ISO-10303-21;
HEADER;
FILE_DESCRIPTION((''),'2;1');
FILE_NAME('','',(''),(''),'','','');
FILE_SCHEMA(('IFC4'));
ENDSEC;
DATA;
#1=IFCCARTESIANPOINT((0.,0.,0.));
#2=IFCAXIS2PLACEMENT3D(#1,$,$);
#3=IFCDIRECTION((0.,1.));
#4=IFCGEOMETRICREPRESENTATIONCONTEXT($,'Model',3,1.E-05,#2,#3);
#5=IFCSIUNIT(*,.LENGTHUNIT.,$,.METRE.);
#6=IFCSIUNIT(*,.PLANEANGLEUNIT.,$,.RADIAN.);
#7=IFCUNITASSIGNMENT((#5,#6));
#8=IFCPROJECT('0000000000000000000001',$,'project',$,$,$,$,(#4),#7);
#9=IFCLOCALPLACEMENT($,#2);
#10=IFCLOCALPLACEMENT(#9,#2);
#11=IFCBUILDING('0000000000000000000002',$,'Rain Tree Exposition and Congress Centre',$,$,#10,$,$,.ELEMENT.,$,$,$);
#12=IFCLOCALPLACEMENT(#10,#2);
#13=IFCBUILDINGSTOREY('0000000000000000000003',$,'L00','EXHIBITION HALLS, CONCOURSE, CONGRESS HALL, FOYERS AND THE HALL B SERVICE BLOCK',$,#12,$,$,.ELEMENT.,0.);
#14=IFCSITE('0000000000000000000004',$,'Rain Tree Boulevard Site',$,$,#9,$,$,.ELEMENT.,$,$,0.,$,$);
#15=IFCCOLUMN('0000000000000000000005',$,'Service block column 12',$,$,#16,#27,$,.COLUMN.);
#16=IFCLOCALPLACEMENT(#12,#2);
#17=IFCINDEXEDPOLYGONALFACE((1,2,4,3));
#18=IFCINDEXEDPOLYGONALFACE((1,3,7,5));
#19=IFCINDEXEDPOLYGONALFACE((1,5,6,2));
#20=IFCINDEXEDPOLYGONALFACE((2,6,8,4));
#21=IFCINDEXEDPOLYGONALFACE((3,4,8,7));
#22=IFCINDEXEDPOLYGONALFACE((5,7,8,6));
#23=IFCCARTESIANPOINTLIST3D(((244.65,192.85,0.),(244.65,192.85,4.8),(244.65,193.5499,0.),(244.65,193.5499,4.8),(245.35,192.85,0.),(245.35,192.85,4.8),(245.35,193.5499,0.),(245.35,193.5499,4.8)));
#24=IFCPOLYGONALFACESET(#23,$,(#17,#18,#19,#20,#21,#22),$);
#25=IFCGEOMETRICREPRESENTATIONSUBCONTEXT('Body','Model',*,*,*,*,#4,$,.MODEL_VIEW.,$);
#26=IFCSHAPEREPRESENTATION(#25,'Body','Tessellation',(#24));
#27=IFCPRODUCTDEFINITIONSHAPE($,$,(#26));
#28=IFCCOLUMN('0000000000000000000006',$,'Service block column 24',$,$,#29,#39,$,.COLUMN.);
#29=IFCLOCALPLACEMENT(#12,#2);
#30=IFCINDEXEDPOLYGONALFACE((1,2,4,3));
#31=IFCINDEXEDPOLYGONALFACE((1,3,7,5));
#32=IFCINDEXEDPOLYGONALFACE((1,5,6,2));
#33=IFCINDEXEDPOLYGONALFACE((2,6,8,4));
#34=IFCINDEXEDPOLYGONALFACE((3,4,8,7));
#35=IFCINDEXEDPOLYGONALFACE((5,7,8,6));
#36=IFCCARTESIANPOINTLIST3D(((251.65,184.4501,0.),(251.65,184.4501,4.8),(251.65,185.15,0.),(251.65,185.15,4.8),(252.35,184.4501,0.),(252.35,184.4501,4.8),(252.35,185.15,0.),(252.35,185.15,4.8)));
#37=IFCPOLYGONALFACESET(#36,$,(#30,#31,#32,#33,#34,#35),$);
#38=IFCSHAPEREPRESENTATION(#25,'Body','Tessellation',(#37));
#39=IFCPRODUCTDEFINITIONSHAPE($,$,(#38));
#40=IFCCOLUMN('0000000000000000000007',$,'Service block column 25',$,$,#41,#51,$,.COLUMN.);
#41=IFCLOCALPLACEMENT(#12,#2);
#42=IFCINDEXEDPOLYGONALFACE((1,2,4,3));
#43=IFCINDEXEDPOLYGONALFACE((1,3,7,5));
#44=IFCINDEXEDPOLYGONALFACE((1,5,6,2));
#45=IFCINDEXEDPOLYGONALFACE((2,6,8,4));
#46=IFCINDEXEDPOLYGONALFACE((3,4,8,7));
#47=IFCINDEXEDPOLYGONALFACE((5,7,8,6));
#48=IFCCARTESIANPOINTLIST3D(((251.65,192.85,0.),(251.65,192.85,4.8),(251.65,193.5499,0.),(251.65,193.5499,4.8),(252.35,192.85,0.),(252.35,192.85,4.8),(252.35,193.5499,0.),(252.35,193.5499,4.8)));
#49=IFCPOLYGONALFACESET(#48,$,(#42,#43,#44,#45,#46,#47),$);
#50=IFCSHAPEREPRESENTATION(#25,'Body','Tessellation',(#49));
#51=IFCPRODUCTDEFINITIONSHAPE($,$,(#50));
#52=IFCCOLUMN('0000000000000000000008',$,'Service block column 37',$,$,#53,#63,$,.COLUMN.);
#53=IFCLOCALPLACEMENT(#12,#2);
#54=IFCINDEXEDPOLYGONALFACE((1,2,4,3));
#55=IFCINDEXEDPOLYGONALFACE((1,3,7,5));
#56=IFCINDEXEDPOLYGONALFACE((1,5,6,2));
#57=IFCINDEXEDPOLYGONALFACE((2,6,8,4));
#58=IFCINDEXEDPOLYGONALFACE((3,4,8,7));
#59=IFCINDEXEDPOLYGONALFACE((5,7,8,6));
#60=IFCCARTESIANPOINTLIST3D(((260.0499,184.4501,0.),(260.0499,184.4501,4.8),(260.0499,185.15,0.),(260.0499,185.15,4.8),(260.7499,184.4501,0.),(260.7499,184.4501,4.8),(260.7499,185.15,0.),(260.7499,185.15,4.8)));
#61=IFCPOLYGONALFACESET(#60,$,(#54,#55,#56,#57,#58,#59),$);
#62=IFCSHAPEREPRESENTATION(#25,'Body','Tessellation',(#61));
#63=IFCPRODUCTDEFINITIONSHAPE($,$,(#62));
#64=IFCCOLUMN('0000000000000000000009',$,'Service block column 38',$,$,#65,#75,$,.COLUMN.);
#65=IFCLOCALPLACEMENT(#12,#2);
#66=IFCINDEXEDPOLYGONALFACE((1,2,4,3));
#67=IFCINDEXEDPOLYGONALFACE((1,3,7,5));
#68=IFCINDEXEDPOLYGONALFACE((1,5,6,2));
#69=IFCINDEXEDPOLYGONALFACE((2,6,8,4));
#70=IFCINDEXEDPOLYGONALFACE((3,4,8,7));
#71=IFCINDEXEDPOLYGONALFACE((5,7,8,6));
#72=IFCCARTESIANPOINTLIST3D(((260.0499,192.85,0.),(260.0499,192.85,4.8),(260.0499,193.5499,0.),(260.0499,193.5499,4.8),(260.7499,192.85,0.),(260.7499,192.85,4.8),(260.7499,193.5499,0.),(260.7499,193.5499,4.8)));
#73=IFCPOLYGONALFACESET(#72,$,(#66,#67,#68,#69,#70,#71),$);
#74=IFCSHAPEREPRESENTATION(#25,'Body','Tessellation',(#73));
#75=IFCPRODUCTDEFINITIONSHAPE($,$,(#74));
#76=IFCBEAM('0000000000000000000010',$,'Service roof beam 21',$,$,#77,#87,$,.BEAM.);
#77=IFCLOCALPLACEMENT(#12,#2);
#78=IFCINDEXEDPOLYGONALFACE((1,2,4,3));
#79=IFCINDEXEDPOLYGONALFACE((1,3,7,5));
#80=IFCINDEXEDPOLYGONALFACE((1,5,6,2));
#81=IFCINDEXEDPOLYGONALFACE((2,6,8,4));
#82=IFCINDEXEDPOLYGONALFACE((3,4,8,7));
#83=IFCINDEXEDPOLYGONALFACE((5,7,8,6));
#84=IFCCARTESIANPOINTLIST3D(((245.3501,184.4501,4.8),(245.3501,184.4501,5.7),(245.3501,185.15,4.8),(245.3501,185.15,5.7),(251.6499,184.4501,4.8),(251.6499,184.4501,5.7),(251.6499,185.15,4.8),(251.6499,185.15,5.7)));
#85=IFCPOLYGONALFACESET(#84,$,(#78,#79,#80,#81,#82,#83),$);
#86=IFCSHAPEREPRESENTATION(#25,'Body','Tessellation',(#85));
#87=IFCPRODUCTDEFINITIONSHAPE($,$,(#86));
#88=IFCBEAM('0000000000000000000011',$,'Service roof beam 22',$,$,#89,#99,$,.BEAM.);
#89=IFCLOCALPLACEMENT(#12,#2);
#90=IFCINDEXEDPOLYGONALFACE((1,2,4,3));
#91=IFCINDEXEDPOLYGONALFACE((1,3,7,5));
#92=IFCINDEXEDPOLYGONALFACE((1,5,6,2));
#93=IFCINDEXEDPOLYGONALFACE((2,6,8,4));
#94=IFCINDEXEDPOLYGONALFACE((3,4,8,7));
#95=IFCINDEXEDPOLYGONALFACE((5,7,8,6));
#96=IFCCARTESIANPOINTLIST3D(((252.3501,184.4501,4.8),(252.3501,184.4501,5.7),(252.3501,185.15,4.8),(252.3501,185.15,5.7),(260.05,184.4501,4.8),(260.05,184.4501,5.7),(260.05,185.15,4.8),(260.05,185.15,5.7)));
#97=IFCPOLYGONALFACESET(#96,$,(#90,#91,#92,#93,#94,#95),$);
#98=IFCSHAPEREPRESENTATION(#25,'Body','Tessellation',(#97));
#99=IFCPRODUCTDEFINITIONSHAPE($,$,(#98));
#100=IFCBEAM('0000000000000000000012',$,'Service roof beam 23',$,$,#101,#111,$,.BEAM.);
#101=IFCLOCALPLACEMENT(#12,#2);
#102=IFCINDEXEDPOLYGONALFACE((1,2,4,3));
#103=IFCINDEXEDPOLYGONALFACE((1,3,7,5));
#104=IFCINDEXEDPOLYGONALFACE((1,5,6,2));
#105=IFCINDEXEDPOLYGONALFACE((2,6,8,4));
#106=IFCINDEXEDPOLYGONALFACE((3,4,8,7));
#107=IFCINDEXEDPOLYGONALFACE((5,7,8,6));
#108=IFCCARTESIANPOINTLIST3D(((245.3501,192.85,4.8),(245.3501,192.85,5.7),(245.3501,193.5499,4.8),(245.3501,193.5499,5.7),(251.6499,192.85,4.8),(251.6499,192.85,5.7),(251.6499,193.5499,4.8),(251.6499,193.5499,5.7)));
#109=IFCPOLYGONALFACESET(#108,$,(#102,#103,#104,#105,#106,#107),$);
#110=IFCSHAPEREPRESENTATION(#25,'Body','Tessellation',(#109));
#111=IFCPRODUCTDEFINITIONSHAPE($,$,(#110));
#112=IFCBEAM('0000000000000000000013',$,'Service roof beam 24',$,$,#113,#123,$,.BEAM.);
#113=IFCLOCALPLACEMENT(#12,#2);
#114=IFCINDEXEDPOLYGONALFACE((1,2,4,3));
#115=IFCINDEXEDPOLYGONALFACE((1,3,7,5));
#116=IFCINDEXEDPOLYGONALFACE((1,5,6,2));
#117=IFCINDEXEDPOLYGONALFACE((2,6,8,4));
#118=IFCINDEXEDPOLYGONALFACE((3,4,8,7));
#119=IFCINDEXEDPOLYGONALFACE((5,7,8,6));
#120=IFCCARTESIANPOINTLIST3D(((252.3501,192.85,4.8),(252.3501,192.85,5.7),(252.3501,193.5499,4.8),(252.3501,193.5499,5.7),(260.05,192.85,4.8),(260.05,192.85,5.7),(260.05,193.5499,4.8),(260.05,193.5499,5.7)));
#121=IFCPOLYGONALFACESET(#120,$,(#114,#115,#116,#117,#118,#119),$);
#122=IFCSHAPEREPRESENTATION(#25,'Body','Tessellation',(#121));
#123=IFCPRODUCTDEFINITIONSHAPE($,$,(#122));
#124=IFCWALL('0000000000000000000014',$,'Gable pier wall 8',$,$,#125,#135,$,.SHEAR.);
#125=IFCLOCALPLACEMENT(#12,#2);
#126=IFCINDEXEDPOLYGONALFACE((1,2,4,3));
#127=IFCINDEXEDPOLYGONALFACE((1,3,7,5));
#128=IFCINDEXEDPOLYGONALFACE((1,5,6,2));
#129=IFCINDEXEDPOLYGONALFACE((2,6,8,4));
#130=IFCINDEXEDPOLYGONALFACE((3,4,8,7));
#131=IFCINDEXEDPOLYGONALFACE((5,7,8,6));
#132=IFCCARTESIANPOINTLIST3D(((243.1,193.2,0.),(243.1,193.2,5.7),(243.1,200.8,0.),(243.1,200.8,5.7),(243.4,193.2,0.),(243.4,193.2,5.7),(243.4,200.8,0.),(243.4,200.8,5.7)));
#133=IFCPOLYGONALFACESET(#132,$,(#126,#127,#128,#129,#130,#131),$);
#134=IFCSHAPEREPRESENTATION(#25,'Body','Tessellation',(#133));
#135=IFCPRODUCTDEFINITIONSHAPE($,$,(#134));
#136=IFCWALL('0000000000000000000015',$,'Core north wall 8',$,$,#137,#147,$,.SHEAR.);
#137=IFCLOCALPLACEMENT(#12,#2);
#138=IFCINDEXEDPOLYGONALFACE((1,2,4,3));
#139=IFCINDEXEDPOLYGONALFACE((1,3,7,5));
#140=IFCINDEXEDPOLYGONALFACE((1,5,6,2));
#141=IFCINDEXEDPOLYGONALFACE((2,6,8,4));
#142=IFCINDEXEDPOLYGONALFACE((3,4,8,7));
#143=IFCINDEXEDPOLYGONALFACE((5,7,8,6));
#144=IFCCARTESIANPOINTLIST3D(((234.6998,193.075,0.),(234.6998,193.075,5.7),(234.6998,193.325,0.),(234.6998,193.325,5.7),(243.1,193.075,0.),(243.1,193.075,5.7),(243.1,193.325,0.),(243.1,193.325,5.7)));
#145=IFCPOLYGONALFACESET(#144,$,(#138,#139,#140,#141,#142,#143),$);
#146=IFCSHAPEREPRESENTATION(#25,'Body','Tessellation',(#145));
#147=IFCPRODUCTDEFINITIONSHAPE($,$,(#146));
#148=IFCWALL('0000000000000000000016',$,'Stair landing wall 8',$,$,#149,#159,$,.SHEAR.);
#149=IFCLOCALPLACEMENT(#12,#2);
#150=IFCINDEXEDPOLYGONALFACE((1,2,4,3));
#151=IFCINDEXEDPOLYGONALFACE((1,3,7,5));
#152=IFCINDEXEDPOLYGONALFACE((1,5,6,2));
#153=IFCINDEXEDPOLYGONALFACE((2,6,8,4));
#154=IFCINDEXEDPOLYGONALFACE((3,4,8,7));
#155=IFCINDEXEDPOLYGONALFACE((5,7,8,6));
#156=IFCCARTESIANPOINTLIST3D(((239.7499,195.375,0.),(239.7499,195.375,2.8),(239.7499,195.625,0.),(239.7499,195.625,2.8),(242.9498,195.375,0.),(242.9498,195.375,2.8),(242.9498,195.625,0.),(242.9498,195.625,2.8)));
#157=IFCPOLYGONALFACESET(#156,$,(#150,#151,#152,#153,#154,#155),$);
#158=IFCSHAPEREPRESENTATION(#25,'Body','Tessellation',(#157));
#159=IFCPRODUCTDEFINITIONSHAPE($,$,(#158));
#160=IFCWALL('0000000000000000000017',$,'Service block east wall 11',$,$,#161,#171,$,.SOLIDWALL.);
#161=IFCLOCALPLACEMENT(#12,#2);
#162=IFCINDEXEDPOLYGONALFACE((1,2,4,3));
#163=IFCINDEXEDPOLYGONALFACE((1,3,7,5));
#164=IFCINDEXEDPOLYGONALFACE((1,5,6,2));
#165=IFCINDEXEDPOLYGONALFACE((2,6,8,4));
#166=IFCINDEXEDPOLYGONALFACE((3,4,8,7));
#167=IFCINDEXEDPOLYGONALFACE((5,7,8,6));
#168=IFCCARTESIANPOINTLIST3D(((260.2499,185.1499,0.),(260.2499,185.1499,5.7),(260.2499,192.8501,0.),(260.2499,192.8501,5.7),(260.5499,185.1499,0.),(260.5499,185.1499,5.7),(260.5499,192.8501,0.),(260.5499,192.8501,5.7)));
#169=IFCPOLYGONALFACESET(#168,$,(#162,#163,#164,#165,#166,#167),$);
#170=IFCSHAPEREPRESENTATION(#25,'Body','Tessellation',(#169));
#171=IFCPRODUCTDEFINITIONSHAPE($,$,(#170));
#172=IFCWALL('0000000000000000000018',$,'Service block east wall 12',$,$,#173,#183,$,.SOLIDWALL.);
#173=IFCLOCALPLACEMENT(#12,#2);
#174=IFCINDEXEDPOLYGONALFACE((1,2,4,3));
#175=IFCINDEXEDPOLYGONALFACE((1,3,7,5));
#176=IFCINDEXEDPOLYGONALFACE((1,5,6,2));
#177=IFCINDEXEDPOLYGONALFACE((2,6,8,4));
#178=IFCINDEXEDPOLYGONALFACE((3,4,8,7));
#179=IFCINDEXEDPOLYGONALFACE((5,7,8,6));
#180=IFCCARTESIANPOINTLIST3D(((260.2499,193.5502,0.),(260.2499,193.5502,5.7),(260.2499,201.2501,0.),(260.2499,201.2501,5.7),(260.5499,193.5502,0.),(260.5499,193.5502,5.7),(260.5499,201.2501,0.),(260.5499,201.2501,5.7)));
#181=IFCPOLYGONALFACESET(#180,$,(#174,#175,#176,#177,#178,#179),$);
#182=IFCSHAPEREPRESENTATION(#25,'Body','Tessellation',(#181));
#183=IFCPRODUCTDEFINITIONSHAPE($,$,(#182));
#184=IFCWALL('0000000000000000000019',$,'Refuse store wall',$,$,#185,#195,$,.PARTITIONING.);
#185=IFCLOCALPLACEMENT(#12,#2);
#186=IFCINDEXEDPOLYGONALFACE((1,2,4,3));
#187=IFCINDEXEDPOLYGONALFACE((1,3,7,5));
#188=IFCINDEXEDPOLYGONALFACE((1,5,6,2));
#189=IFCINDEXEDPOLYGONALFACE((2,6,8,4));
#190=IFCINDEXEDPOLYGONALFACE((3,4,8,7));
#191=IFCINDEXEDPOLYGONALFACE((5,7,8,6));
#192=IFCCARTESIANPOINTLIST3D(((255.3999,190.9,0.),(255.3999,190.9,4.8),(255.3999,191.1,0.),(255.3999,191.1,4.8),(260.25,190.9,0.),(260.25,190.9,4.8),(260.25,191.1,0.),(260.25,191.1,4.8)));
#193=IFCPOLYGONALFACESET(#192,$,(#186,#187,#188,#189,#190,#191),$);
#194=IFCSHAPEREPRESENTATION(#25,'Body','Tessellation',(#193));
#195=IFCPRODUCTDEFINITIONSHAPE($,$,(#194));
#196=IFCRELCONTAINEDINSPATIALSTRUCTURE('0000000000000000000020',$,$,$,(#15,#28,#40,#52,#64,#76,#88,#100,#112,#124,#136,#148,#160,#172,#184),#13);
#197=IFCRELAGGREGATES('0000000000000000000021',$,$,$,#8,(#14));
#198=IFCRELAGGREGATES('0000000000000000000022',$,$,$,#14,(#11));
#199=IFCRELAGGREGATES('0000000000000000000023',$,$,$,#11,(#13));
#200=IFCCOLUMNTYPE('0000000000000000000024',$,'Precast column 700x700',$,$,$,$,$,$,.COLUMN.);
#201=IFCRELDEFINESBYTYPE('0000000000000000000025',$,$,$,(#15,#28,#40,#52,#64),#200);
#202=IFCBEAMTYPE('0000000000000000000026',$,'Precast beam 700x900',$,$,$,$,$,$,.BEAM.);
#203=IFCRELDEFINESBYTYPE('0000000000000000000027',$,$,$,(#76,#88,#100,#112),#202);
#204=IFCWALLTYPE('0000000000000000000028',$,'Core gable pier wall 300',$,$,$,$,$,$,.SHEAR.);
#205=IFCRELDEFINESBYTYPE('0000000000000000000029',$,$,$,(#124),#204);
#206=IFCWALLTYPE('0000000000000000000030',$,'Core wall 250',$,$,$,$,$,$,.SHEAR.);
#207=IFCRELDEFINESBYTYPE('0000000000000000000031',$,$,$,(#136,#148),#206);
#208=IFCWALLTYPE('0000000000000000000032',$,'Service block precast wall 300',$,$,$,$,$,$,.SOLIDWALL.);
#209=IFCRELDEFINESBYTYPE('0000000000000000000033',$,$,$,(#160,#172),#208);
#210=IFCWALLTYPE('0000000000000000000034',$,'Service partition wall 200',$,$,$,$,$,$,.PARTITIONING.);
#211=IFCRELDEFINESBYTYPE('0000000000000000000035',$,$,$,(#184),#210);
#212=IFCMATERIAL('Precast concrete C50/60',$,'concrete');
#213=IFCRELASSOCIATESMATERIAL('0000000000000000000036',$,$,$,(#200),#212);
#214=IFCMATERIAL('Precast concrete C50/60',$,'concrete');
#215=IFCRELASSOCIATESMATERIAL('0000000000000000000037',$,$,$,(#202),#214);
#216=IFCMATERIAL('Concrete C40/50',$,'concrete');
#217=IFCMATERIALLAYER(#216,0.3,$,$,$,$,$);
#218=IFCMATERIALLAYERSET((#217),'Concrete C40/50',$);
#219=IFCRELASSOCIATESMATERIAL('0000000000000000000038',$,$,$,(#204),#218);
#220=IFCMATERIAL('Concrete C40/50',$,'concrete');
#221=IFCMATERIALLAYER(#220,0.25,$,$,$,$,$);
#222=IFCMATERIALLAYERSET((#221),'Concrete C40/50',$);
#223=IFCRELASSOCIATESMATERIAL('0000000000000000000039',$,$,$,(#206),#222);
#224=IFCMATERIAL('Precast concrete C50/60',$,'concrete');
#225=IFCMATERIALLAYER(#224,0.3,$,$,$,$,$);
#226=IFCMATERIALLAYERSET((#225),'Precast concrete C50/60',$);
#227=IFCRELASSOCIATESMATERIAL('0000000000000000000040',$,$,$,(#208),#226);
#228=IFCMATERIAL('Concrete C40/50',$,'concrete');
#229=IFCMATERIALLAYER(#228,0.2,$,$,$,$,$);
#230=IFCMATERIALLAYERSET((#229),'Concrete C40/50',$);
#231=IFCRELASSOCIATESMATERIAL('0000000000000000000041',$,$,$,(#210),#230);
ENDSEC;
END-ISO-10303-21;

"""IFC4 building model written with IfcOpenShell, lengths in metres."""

from ifc_helpers import new_model, si_unit, direction, frame, frame_2d, origin, origin_2d, place, context, subcontext, project, spatial, rectangle, extrude, material, layer, layer_set, material_profile, profile_set, type_object, element, save


model = new_model("IFC4")

# Units and contexts
model_context = context("Model", 3, precision=1e-05, world=origin(), true_north=direction((0.0, 1.0)))
body_context = subcontext(model_context, "Body", "Model", "MODEL_VIEW")
ifc_project = project(units=[si_unit("LENGTHUNIT", "METRE"), si_unit("PLANEANGLEUNIT", "RADIAN")], contexts=[model_context])

# Site, building, storey
site_placement = place(None, origin())
site = spatial("IfcSite", under=ifc_project, at=site_placement, Name="Rain Tree Boulevard Site", CompositionType="ELEMENT", RefElevation=0.0)
building_placement = place(site_placement, origin())
building = spatial("IfcBuilding", under=site, at=building_placement, Name="Rain Tree Exposition and Congress Centre", CompositionType="ELEMENT")
storey_placement = place(building_placement, origin())
storey = spatial("IfcBuildingStorey", under=building, at=storey_placement, Name="L00", Description="EXHIBITION HALLS, CONCOURSE, CONGRESS HALL, FOYERS AND THE HALL B SERVICE BLOCK", CompositionType="ELEMENT", Elevation=0.0)

# Columns
ifc_material_1 = material(Name="Precast concrete C50/60", Category="concrete")
ifc_material_profile_1 = material_profile(ifc_material_1, rectangle(XDim=0.7, YDim=0.7, at=origin_2d()), Name="RC 700x700")
ifc_profile_set_1 = profile_set([ifc_material_profile_1], Name="Precast concrete C50/60")
column_type = type_object("IfcColumnType", Name="Precast column 700x700", PredefinedType="COLUMN", material=ifc_profile_set_1)
for number, where, z_axis, x_axis, name in (
    (1, (245.0, 193.2, 0.0), (0.0, 0.0, 1.0), (1.0, 0.0, 0.0), "Service block column 12"),
    (2, (252.0, 184.8, 0.0), (0.0, 0.0, 1.0), (1.0, 0.0, 0.0), "Service block column 24"),
    (3, (252.0, 193.2, 0.0), (0.0, 0.0, 1.0), (1.0, 0.0, 0.0), "Service block column 25"),
    (4, (260.3999, 184.8, 0.0), (0.0, 0.0, 1.0), (1.0, 0.0, 0.0), "Service block column 37"),
    (5, (260.3999, 193.2, 0.0), (0.0, 0.0, 1.0), (1.0, 0.0, 0.0), "Service block column 38"),
):
    element("IfcColumn", number, at=place(storey_placement, frame(where, z_axis=z_axis, x_axis=x_axis)), inside=storey, type_object=column_type, Name=name, PredefinedType="COLUMN", context=body_context, shape_type="SweptSolid", body=[
        extrude(rectangle(XDim=0.7, YDim=0.7, at=origin_2d()), origin(), (0.0, 0.0, 1.0), 4.8),
    ])

# Beams
ifc_material_2 = material(Name="Precast concrete C50/60", Category="concrete")
ifc_material_profile_2 = material_profile(ifc_material_2, rectangle(XDim=0.7, YDim=0.8999, at=origin_2d()), Name="RC 700x900")
ifc_profile_set_2 = profile_set([ifc_material_profile_2], Name="Precast concrete C50/60")
beam_type = type_object("IfcBeamType", Name="Precast beam 700x900", PredefinedType="BEAM", material=ifc_profile_set_2)
beam_1_placement = place(storey_placement, frame((245.3501, 184.8, 5.25), z_axis=(1.0, 0.0, 0.0), x_axis=(0.0, 1.0, 0.0)))
element("IfcBeam", 6, at=beam_1_placement, inside=storey, type_object=beam_type, Name="Service roof beam 21", PredefinedType="BEAM", context=body_context, shape_type="SweptSolid", body=[
    extrude(rectangle(XDim=0.7, YDim=0.8999, at=origin_2d()), origin(), (0.0, 0.0, 1.0), 6.2998),
])
beam_2_placement = place(storey_placement, frame((252.3501, 184.8, 5.25), z_axis=(1.0, 0.0, 0.0), x_axis=(0.0, 1.0, 0.0)))
element("IfcBeam", 7, at=beam_2_placement, inside=storey, type_object=beam_type, Name="Service roof beam 22", PredefinedType="BEAM", context=body_context, shape_type="SweptSolid", body=[
    extrude(rectangle(XDim=0.7, YDim=0.8999, at=origin_2d()), origin(), (0.0, 0.0, 1.0), 7.7),
])
beam_3_placement = place(storey_placement, frame((245.3501, 193.2, 5.25), z_axis=(1.0, 0.0, 0.0), x_axis=(0.0, 1.0, 0.0)))
element("IfcBeam", 8, at=beam_3_placement, inside=storey, type_object=beam_type, Name="Service roof beam 23", PredefinedType="BEAM", context=body_context, shape_type="SweptSolid", body=[
    extrude(rectangle(XDim=0.7, YDim=0.8999, at=origin_2d()), origin(), (0.0, 0.0, 1.0), 6.2998),
])
beam_4_placement = place(storey_placement, frame((252.3501, 193.2, 5.25), z_axis=(1.0, 0.0, 0.0), x_axis=(0.0, 1.0, 0.0)))
element("IfcBeam", 9, at=beam_4_placement, inside=storey, type_object=beam_type, Name="Service roof beam 24", PredefinedType="BEAM", context=body_context, shape_type="SweptSolid", body=[
    extrude(rectangle(XDim=0.7, YDim=0.8999, at=origin_2d()), origin(), (0.0, 0.0, 1.0), 7.7),
])

# Walls
ifc_material_3 = material(Name="Concrete C40/50", Category="concrete")
ifc_layer_1 = layer(ifc_material_3, 0.3)
ifc_layer_set_1 = layer_set([ifc_layer_1], Name="Concrete C40/50")
wall_type_1 = type_object("IfcWallType", Name="Core gable pier wall 300", PredefinedType="SHEAR", material=ifc_layer_set_1)
wall_1_placement = place(storey_placement, frame((243.25, 200.8, 0.0), z_axis=(0.0, 0.0, 1.0), x_axis=(0.0, -1.0, 0.0)))
element("IfcWall", 10, at=wall_1_placement, inside=storey, type_object=wall_type_1, Name="Gable pier wall 8", PredefinedType="SHEAR", context=body_context, shape_type="SweptSolid", body=[
    extrude(rectangle(XDim=7.6001, YDim=0.3, at=frame_2d((3.8, 0.0))), origin(), (0.0, 0.0, 1.0), 5.7),
])
ifc_material_4 = material(Name="Concrete C40/50", Category="concrete")
ifc_layer_2 = layer(ifc_material_4, 0.25)
ifc_layer_set_2 = layer_set([ifc_layer_2], Name="Concrete C40/50")
wall_type_2 = type_object("IfcWallType", Name="Core wall 250", PredefinedType="SHEAR", material=ifc_layer_set_2)
wall_2_placement = place(storey_placement, frame((243.1001, 193.2, 0.0), z_axis=(0.0, 0.0, 1.0), x_axis=(-1.0, 0.0, 0.0)))
element("IfcWall", 11, at=wall_2_placement, inside=storey, type_object=wall_type_2, Name="Core north wall 8", PredefinedType="SHEAR", context=body_context, shape_type="SweptSolid", body=[
    extrude(rectangle(XDim=8.4001, YDim=0.25, at=frame_2d((4.2002, 0.0))), origin(), (0.0, 0.0, 1.0), 5.7),
])
wall_3_placement = place(storey_placement, frame((242.95, 195.5, 0.0), z_axis=(0.0, 0.0, 1.0), x_axis=(-1.0, 0.0, 0.0)))
element("IfcWall", 12, at=wall_3_placement, inside=storey, type_object=wall_type_2, Name="Stair landing wall 8", PredefinedType="SHEAR", context=body_context, shape_type="SweptSolid", body=[
    extrude(rectangle(XDim=3.2, YDim=0.25, at=frame_2d((1.6001, 0.0))), origin(), (0.0, 0.0, 1.0), 2.8),
])
ifc_material_5 = material(Name="Precast concrete C50/60", Category="concrete")
ifc_layer_3 = layer(ifc_material_5, 0.3)
ifc_layer_set_3 = layer_set([ifc_layer_3], Name="Precast concrete C50/60")
wall_type_3 = type_object("IfcWallType", Name="Service block precast wall 300", PredefinedType="SOLIDWALL", material=ifc_layer_set_3)
wall_4_placement = place(storey_placement, frame((260.3999, 185.1499, 0.0), z_axis=(0.0, 0.0, 1.0), x_axis=(0.0, 1.0, 0.0)))
element("IfcWall", 13, at=wall_4_placement, inside=storey, type_object=wall_type_3, Name="Service block east wall 11", PredefinedType="SOLIDWALL", context=body_context, shape_type="SweptSolid", body=[
    extrude(rectangle(XDim=7.7002, YDim=0.3, at=frame_2d((3.8501, 0.0))), origin(), (0.0, 0.0, 1.0), 5.7),
])
wall_5_placement = place(storey_placement, frame((260.3999, 193.55, 0.0), z_axis=(0.0, 0.0, 1.0), x_axis=(0.0, 1.0, 0.0)))
element("IfcWall", 14, at=wall_5_placement, inside=storey, type_object=wall_type_3, Name="Service block east wall 12", PredefinedType="SOLIDWALL", context=body_context, shape_type="SweptSolid", body=[
    extrude(rectangle(XDim=7.7, YDim=0.3, at=frame_2d((3.8501, 0.0))), origin(), (0.0, 0.0, 1.0), 5.7),
])
ifc_material_6 = material(Name="Concrete C40/50", Category="concrete")
ifc_layer_4 = layer(ifc_material_6, 0.2)
ifc_layer_set_4 = layer_set([ifc_layer_4], Name="Concrete C40/50")
wall_type_4 = type_object("IfcWallType", Name="Service partition wall 200", PredefinedType="PARTITIONING", material=ifc_layer_set_4)
wall_6_placement = place(storey_placement, frame((255.3999, 191.0, 0.0), z_axis=(0.0, 0.0, 1.0), x_axis=(1.0, 0.0, 0.0)))
element("IfcWall", 15, at=wall_6_placement, inside=storey, type_object=wall_type_4, Name="Refuse store wall", PredefinedType="PARTITIONING", context=body_context, shape_type="SweptSolid", body=[
    extrude(rectangle(XDim=4.8501, YDim=0.2, at=frame_2d((2.425, 0.0))), origin(), (0.0, 0.0, 1.0), 4.8),
])

save(model, "model.ifc")
